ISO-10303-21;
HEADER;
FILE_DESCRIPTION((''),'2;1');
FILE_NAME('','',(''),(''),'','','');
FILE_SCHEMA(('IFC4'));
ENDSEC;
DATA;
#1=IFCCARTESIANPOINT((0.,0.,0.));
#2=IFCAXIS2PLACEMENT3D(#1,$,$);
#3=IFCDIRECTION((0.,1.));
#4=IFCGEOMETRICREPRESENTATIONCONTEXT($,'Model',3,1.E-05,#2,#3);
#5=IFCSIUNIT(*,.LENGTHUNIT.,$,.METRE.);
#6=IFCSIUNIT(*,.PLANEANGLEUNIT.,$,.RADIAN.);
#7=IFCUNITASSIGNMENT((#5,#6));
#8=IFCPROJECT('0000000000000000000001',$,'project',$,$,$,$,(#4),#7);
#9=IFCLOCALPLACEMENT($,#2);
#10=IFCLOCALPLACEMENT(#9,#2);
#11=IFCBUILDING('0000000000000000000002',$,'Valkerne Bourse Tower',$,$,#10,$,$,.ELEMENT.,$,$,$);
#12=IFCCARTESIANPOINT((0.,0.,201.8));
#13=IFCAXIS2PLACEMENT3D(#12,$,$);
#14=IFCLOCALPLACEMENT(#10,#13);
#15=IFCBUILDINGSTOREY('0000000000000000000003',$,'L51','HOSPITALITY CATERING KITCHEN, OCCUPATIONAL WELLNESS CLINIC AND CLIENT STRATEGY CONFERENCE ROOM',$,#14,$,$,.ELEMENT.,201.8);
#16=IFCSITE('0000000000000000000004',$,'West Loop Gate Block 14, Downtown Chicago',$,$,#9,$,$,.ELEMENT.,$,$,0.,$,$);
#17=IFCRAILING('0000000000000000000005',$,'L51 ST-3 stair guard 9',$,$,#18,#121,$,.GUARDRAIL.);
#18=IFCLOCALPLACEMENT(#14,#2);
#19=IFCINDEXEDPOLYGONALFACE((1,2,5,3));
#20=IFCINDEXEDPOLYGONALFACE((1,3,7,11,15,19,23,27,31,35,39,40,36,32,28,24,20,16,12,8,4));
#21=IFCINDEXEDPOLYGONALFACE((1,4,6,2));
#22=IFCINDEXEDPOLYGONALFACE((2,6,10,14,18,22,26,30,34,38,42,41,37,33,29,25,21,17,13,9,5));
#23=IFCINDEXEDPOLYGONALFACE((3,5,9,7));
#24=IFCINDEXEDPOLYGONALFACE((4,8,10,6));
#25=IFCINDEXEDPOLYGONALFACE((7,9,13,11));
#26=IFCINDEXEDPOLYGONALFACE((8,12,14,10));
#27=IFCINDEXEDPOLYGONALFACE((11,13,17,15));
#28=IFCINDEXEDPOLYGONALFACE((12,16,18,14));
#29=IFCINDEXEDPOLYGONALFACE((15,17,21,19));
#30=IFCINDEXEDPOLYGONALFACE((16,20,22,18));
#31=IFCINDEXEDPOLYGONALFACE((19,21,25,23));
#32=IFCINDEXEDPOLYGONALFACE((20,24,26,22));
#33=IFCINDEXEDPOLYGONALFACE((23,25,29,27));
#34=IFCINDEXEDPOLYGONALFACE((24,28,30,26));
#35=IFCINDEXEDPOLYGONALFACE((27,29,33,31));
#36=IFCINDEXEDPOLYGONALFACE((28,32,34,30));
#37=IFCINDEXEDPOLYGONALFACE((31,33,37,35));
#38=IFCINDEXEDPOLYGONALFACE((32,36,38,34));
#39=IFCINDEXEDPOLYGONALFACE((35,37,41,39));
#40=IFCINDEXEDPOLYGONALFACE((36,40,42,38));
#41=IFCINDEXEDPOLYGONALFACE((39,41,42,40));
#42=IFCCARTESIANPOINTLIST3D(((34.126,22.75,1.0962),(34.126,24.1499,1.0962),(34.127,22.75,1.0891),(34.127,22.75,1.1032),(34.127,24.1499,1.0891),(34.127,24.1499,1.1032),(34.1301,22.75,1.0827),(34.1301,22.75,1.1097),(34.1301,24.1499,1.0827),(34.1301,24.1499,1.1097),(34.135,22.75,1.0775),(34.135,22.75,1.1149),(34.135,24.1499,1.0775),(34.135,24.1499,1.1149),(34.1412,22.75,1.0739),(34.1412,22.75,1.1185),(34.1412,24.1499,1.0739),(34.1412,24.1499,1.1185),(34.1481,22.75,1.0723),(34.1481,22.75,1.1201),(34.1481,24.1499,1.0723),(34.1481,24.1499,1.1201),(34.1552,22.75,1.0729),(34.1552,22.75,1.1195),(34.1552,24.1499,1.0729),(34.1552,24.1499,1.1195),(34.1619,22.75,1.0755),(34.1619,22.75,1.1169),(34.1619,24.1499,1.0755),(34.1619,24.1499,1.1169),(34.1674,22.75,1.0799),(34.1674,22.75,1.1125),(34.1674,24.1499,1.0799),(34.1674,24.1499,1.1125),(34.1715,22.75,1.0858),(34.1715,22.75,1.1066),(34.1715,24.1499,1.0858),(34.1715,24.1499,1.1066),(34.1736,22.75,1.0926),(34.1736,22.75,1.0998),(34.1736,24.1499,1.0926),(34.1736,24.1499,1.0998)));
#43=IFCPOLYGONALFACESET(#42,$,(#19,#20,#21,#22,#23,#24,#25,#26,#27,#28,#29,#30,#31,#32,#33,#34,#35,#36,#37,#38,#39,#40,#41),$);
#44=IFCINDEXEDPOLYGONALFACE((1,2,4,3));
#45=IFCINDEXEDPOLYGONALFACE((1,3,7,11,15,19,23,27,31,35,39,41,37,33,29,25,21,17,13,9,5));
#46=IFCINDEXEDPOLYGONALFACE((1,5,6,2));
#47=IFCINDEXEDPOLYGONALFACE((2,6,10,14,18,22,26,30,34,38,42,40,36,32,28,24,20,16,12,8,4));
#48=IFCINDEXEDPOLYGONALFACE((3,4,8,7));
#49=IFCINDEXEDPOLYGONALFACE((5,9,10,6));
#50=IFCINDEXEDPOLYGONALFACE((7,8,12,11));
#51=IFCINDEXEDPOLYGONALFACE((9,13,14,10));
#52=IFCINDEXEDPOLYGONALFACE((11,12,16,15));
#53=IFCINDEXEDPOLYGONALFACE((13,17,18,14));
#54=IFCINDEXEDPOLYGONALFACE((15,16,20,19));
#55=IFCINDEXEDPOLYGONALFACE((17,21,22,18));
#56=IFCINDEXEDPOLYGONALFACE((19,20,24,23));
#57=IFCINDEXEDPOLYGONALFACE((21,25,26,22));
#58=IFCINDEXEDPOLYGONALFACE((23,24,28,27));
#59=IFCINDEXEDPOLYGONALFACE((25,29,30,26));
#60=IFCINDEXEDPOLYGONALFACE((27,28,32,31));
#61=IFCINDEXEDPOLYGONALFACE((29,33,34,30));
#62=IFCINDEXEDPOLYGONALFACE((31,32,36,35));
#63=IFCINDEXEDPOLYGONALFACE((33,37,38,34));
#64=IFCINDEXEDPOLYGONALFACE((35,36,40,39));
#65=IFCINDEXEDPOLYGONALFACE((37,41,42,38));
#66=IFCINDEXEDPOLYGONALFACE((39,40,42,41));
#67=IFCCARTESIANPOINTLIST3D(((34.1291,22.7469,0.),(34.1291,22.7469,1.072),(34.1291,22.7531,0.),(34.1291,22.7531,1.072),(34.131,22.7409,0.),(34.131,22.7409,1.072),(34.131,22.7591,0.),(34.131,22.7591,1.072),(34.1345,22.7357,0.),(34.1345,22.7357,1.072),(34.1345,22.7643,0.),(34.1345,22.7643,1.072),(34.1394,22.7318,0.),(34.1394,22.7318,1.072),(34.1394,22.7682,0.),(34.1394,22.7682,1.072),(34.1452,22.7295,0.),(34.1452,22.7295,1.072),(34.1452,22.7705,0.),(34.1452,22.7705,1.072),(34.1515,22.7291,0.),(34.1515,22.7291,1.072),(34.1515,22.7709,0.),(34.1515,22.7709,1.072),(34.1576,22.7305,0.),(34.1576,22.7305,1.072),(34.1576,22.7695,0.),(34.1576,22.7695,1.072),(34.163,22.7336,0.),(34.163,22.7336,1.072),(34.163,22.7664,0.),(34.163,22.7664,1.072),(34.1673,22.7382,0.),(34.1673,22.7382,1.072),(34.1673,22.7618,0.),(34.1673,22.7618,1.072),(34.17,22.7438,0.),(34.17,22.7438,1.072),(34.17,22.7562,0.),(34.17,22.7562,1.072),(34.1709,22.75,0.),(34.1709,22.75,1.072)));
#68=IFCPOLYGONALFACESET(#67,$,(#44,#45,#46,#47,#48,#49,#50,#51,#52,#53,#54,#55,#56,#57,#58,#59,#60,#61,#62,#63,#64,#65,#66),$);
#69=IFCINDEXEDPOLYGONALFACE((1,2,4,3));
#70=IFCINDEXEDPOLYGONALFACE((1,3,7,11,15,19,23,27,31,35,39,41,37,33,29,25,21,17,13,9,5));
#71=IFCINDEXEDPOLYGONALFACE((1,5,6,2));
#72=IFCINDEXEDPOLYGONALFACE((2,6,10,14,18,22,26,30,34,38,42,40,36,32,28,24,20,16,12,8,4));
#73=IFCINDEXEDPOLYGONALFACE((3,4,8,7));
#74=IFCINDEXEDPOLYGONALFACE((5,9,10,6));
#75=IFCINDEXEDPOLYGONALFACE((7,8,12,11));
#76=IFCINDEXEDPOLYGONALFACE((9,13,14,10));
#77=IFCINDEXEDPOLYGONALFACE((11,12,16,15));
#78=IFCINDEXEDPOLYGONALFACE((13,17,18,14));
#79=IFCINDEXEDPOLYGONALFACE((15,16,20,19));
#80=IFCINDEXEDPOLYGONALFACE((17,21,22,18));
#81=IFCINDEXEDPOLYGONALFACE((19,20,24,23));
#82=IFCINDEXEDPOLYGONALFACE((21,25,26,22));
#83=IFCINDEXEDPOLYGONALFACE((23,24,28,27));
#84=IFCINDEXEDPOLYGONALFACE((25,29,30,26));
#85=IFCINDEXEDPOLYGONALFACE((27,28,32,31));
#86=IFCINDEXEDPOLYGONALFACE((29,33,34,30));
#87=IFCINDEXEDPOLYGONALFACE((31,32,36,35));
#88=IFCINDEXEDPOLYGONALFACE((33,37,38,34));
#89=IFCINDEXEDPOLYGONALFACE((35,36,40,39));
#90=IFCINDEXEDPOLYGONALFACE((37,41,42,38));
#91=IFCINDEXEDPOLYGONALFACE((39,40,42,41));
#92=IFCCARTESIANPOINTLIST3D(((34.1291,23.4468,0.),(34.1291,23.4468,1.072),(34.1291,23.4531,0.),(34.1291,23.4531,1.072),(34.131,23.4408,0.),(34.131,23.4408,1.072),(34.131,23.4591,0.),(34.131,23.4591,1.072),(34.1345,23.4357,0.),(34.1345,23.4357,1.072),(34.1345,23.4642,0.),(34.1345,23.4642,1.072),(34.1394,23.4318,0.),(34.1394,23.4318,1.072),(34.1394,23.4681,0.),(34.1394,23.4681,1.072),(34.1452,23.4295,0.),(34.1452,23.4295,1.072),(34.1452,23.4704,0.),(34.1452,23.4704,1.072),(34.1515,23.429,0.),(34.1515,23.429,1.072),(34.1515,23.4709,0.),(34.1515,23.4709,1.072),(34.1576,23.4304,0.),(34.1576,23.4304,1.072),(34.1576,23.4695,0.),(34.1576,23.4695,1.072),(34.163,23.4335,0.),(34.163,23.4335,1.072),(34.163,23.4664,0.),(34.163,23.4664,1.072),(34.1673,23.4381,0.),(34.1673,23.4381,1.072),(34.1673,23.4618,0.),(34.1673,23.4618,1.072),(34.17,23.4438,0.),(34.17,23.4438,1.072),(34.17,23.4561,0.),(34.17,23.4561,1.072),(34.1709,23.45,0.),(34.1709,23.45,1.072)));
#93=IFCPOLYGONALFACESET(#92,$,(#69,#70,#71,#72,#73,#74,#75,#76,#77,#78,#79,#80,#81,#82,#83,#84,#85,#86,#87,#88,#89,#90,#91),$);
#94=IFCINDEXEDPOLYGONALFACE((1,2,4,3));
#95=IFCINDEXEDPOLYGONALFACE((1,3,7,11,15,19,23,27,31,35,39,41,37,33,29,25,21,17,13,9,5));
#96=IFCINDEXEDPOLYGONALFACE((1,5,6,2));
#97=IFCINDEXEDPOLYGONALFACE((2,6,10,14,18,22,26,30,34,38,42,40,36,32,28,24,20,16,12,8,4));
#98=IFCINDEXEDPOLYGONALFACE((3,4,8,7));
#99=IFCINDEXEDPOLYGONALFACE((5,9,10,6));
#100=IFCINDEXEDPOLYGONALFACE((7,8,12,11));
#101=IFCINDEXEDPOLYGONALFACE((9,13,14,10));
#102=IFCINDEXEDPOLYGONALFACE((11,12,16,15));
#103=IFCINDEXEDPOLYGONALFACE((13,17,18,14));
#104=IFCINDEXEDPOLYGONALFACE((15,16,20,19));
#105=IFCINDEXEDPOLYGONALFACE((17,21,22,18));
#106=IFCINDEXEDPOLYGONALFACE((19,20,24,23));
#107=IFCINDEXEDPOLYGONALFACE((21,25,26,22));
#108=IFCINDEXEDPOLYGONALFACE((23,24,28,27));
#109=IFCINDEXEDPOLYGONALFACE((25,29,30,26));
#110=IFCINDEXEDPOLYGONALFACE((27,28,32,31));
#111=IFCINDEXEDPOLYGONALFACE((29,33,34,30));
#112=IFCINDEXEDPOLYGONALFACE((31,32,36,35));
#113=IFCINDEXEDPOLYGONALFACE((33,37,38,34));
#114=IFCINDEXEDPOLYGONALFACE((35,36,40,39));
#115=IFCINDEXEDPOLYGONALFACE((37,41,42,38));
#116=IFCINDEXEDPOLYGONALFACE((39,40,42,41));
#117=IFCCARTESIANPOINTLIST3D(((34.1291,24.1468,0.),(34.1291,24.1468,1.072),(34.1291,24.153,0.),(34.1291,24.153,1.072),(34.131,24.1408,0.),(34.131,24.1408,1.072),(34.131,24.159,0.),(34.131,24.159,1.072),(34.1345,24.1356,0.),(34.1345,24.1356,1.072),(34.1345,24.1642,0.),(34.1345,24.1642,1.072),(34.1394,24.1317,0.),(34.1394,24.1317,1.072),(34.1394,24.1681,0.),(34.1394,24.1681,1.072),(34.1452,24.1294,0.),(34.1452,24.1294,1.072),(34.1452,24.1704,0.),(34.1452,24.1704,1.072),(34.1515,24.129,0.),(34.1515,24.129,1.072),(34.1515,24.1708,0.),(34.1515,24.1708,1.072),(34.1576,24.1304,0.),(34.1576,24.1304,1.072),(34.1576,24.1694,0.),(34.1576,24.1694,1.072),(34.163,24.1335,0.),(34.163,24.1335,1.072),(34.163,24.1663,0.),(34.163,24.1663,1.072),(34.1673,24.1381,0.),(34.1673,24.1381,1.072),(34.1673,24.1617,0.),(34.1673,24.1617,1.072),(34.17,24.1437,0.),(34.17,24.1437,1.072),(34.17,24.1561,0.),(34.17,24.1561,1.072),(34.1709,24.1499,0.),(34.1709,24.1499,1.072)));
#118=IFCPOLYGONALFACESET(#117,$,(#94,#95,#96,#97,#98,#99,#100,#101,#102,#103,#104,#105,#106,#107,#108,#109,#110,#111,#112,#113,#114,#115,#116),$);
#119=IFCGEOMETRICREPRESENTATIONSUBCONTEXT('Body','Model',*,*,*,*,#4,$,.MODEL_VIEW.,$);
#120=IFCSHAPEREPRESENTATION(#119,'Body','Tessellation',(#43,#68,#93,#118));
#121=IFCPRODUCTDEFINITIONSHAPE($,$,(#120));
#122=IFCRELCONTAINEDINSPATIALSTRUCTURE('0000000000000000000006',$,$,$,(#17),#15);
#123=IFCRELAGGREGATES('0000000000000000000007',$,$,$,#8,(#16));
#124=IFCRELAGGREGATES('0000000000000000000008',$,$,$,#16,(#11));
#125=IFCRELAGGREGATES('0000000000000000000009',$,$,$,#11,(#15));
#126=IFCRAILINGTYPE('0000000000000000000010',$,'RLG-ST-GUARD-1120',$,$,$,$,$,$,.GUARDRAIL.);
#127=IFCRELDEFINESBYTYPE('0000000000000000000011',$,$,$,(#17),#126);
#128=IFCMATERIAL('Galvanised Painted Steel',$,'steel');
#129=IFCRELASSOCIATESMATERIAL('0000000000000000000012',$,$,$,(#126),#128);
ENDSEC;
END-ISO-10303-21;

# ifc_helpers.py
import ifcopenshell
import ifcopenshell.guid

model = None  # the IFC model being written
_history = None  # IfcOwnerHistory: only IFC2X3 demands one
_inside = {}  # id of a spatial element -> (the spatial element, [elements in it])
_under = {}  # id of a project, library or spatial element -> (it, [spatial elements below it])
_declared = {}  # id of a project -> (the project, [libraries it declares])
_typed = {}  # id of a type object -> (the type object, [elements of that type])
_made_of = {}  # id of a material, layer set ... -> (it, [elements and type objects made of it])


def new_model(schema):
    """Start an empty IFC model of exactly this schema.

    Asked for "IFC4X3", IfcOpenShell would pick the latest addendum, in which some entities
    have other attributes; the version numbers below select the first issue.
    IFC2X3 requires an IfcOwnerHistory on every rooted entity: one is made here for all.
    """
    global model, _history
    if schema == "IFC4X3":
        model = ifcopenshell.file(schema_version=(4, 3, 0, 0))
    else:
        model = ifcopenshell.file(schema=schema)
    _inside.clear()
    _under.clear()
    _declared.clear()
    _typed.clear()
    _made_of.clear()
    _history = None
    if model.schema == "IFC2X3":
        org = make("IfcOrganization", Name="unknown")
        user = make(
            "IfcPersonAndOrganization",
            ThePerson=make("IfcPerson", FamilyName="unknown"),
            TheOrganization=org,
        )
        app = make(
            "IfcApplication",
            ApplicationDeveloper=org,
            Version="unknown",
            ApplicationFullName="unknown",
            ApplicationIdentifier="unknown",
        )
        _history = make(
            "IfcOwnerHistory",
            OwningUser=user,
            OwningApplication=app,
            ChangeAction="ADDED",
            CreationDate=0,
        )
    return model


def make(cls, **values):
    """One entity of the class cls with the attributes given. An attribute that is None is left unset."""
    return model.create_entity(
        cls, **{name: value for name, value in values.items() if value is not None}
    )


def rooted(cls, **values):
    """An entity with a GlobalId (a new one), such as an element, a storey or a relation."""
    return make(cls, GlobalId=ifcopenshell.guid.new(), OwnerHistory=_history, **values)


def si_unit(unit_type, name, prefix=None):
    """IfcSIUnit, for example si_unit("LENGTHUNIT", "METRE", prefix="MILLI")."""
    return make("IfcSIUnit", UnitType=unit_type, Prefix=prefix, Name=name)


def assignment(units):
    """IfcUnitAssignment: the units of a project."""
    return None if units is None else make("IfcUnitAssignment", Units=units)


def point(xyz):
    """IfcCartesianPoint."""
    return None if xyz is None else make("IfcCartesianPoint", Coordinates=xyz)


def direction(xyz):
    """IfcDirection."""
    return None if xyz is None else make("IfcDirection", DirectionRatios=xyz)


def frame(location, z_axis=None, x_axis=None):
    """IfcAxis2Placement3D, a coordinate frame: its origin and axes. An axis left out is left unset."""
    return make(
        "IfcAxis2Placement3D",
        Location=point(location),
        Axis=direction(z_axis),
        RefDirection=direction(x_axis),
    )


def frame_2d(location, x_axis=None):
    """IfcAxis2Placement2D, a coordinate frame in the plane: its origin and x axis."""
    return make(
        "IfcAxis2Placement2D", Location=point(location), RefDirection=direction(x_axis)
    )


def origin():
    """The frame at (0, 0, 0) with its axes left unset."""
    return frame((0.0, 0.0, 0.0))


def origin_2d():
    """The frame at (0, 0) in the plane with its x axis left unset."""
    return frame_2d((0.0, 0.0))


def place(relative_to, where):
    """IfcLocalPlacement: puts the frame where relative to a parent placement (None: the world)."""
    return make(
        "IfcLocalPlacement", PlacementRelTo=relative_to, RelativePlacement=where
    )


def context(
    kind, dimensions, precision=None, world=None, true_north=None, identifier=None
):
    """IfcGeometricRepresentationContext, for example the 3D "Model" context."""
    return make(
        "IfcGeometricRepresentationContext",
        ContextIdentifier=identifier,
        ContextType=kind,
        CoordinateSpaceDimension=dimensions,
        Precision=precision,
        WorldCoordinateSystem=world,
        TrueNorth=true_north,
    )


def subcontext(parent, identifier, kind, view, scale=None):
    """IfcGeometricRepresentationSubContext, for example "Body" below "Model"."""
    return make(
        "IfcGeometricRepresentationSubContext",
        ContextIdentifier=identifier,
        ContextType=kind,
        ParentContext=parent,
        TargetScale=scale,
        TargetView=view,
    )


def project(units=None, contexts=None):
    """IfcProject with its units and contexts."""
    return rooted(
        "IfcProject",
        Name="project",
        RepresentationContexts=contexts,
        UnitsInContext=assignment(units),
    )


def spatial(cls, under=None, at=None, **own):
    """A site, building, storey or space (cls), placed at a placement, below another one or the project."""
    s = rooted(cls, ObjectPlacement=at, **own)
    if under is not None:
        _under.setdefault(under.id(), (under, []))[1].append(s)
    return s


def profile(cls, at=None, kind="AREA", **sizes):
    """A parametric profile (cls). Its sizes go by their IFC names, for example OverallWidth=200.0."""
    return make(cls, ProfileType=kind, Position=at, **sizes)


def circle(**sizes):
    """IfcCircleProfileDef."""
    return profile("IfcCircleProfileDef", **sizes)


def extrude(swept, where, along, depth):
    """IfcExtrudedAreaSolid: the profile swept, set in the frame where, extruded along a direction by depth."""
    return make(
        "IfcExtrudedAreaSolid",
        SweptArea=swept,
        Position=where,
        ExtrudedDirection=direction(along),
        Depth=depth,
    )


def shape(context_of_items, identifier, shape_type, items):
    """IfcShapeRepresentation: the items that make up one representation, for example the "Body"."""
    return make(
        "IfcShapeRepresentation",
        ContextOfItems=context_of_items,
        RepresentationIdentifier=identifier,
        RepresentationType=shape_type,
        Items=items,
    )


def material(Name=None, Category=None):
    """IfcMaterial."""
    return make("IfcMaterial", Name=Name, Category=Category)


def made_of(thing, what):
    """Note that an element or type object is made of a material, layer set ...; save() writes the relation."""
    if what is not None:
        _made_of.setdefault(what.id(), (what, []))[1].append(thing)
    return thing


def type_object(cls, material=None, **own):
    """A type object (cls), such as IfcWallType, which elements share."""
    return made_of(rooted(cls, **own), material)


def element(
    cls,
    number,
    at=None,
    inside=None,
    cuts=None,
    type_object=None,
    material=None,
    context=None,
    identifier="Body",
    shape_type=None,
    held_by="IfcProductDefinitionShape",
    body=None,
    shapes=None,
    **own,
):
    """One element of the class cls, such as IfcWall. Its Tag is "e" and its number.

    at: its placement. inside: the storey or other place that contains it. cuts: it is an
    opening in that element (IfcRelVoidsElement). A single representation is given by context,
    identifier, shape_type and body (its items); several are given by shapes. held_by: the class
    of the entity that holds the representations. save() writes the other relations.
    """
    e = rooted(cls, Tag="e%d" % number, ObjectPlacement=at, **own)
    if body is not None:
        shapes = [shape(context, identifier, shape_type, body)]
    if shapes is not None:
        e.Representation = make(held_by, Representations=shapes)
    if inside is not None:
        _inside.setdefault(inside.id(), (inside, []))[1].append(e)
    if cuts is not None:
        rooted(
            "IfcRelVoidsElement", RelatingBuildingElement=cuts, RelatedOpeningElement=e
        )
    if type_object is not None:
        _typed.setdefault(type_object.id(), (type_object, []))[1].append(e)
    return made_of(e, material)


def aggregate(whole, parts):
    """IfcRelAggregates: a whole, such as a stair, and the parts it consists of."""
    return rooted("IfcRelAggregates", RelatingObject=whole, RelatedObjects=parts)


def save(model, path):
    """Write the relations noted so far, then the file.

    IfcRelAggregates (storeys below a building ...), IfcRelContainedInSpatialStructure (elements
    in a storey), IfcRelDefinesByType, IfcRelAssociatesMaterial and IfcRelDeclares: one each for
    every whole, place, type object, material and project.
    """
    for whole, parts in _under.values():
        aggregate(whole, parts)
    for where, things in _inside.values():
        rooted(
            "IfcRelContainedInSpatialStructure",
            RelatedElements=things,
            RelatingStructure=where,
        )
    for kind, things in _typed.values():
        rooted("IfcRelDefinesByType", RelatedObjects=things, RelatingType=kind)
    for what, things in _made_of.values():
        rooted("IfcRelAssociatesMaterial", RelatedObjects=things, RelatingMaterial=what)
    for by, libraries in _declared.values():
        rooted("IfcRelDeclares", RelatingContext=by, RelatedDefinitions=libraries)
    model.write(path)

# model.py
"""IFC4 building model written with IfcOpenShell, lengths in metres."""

from ifc_helpers import new_model, si_unit, direction, frame, origin, origin_2d, place, context, subcontext, project, spatial, circle, extrude, material, type_object, element, save


model = new_model("IFC4")

# Units and contexts
model_context = context("Model", 3, precision=1e-05, world=origin(), true_north=direction((0.0, 1.0)))
body_context = subcontext(model_context, "Body", "Model", "MODEL_VIEW")
ifc_project = project(units=[si_unit("LENGTHUNIT", "METRE"), si_unit("PLANEANGLEUNIT", "RADIAN")], contexts=[model_context])

# Site, building, storey
site_placement = place(None, origin())
site = spatial("IfcSite", under=ifc_project, at=site_placement, Name="West Loop Gate Block 14, Downtown Chicago", CompositionType="ELEMENT", RefElevation=0.0)
building_placement = place(site_placement, origin())
building = spatial("IfcBuilding", under=site, at=building_placement, Name="Valkerne Bourse Tower", CompositionType="ELEMENT")
storey_placement = place(building_placement, frame((0.0, 0.0, 201.8)))
storey = spatial("IfcBuildingStorey", under=building, at=storey_placement, Name="L51", Description="HOSPITALITY CATERING KITCHEN, OCCUPATIONAL WELLNESS CLINIC AND CLIENT STRATEGY CONFERENCE ROOM", CompositionType="ELEMENT", Elevation=201.8)

# Railing
ifc_material_1 = material(Name="Galvanised Painted Steel", Category="steel")
railing_type_1 = type_object("IfcRailingType", Name="RLG-ST-GUARD-1120", PredefinedType="GUARDRAIL", material=ifc_material_1)
for number, where, name in (
    (1, (34.1499, 22.75, 0.0), "L51 ST-3 stair guard 9"),
):
    element("IfcRailing", number, at=place(storey_placement, frame(where)), inside=storey, type_object=railing_type_1, Name=name, PredefinedType="GUARDRAIL", context=body_context, shape_type="SweptSolid", body=[
        extrude(circle(Radius=0.0239, at=origin_2d()), frame((0.0, 0.0, 1.0962), z_axis=(0.0, 1.0, 0.0), x_axis=(-1.0, 0.0, 0.0)), (0.0, 0.0, 1.0), 1.3999),
        extrude(circle(Radius=0.021, at=origin_2d()), origin(), (0.0, 0.0, 1.0), 1.072),
        extrude(circle(Radius=0.021, at=origin_2d()), frame((0.0, 0.7, 0.0)), (0.0, 0.0, 1.0), 1.072),
        extrude(circle(Radius=0.021, at=origin_2d()), frame((0.0, 1.3999, 0.0)), (0.0, 0.0, 1.0), 1.072),
    ])

save(model, "model.ifc")
